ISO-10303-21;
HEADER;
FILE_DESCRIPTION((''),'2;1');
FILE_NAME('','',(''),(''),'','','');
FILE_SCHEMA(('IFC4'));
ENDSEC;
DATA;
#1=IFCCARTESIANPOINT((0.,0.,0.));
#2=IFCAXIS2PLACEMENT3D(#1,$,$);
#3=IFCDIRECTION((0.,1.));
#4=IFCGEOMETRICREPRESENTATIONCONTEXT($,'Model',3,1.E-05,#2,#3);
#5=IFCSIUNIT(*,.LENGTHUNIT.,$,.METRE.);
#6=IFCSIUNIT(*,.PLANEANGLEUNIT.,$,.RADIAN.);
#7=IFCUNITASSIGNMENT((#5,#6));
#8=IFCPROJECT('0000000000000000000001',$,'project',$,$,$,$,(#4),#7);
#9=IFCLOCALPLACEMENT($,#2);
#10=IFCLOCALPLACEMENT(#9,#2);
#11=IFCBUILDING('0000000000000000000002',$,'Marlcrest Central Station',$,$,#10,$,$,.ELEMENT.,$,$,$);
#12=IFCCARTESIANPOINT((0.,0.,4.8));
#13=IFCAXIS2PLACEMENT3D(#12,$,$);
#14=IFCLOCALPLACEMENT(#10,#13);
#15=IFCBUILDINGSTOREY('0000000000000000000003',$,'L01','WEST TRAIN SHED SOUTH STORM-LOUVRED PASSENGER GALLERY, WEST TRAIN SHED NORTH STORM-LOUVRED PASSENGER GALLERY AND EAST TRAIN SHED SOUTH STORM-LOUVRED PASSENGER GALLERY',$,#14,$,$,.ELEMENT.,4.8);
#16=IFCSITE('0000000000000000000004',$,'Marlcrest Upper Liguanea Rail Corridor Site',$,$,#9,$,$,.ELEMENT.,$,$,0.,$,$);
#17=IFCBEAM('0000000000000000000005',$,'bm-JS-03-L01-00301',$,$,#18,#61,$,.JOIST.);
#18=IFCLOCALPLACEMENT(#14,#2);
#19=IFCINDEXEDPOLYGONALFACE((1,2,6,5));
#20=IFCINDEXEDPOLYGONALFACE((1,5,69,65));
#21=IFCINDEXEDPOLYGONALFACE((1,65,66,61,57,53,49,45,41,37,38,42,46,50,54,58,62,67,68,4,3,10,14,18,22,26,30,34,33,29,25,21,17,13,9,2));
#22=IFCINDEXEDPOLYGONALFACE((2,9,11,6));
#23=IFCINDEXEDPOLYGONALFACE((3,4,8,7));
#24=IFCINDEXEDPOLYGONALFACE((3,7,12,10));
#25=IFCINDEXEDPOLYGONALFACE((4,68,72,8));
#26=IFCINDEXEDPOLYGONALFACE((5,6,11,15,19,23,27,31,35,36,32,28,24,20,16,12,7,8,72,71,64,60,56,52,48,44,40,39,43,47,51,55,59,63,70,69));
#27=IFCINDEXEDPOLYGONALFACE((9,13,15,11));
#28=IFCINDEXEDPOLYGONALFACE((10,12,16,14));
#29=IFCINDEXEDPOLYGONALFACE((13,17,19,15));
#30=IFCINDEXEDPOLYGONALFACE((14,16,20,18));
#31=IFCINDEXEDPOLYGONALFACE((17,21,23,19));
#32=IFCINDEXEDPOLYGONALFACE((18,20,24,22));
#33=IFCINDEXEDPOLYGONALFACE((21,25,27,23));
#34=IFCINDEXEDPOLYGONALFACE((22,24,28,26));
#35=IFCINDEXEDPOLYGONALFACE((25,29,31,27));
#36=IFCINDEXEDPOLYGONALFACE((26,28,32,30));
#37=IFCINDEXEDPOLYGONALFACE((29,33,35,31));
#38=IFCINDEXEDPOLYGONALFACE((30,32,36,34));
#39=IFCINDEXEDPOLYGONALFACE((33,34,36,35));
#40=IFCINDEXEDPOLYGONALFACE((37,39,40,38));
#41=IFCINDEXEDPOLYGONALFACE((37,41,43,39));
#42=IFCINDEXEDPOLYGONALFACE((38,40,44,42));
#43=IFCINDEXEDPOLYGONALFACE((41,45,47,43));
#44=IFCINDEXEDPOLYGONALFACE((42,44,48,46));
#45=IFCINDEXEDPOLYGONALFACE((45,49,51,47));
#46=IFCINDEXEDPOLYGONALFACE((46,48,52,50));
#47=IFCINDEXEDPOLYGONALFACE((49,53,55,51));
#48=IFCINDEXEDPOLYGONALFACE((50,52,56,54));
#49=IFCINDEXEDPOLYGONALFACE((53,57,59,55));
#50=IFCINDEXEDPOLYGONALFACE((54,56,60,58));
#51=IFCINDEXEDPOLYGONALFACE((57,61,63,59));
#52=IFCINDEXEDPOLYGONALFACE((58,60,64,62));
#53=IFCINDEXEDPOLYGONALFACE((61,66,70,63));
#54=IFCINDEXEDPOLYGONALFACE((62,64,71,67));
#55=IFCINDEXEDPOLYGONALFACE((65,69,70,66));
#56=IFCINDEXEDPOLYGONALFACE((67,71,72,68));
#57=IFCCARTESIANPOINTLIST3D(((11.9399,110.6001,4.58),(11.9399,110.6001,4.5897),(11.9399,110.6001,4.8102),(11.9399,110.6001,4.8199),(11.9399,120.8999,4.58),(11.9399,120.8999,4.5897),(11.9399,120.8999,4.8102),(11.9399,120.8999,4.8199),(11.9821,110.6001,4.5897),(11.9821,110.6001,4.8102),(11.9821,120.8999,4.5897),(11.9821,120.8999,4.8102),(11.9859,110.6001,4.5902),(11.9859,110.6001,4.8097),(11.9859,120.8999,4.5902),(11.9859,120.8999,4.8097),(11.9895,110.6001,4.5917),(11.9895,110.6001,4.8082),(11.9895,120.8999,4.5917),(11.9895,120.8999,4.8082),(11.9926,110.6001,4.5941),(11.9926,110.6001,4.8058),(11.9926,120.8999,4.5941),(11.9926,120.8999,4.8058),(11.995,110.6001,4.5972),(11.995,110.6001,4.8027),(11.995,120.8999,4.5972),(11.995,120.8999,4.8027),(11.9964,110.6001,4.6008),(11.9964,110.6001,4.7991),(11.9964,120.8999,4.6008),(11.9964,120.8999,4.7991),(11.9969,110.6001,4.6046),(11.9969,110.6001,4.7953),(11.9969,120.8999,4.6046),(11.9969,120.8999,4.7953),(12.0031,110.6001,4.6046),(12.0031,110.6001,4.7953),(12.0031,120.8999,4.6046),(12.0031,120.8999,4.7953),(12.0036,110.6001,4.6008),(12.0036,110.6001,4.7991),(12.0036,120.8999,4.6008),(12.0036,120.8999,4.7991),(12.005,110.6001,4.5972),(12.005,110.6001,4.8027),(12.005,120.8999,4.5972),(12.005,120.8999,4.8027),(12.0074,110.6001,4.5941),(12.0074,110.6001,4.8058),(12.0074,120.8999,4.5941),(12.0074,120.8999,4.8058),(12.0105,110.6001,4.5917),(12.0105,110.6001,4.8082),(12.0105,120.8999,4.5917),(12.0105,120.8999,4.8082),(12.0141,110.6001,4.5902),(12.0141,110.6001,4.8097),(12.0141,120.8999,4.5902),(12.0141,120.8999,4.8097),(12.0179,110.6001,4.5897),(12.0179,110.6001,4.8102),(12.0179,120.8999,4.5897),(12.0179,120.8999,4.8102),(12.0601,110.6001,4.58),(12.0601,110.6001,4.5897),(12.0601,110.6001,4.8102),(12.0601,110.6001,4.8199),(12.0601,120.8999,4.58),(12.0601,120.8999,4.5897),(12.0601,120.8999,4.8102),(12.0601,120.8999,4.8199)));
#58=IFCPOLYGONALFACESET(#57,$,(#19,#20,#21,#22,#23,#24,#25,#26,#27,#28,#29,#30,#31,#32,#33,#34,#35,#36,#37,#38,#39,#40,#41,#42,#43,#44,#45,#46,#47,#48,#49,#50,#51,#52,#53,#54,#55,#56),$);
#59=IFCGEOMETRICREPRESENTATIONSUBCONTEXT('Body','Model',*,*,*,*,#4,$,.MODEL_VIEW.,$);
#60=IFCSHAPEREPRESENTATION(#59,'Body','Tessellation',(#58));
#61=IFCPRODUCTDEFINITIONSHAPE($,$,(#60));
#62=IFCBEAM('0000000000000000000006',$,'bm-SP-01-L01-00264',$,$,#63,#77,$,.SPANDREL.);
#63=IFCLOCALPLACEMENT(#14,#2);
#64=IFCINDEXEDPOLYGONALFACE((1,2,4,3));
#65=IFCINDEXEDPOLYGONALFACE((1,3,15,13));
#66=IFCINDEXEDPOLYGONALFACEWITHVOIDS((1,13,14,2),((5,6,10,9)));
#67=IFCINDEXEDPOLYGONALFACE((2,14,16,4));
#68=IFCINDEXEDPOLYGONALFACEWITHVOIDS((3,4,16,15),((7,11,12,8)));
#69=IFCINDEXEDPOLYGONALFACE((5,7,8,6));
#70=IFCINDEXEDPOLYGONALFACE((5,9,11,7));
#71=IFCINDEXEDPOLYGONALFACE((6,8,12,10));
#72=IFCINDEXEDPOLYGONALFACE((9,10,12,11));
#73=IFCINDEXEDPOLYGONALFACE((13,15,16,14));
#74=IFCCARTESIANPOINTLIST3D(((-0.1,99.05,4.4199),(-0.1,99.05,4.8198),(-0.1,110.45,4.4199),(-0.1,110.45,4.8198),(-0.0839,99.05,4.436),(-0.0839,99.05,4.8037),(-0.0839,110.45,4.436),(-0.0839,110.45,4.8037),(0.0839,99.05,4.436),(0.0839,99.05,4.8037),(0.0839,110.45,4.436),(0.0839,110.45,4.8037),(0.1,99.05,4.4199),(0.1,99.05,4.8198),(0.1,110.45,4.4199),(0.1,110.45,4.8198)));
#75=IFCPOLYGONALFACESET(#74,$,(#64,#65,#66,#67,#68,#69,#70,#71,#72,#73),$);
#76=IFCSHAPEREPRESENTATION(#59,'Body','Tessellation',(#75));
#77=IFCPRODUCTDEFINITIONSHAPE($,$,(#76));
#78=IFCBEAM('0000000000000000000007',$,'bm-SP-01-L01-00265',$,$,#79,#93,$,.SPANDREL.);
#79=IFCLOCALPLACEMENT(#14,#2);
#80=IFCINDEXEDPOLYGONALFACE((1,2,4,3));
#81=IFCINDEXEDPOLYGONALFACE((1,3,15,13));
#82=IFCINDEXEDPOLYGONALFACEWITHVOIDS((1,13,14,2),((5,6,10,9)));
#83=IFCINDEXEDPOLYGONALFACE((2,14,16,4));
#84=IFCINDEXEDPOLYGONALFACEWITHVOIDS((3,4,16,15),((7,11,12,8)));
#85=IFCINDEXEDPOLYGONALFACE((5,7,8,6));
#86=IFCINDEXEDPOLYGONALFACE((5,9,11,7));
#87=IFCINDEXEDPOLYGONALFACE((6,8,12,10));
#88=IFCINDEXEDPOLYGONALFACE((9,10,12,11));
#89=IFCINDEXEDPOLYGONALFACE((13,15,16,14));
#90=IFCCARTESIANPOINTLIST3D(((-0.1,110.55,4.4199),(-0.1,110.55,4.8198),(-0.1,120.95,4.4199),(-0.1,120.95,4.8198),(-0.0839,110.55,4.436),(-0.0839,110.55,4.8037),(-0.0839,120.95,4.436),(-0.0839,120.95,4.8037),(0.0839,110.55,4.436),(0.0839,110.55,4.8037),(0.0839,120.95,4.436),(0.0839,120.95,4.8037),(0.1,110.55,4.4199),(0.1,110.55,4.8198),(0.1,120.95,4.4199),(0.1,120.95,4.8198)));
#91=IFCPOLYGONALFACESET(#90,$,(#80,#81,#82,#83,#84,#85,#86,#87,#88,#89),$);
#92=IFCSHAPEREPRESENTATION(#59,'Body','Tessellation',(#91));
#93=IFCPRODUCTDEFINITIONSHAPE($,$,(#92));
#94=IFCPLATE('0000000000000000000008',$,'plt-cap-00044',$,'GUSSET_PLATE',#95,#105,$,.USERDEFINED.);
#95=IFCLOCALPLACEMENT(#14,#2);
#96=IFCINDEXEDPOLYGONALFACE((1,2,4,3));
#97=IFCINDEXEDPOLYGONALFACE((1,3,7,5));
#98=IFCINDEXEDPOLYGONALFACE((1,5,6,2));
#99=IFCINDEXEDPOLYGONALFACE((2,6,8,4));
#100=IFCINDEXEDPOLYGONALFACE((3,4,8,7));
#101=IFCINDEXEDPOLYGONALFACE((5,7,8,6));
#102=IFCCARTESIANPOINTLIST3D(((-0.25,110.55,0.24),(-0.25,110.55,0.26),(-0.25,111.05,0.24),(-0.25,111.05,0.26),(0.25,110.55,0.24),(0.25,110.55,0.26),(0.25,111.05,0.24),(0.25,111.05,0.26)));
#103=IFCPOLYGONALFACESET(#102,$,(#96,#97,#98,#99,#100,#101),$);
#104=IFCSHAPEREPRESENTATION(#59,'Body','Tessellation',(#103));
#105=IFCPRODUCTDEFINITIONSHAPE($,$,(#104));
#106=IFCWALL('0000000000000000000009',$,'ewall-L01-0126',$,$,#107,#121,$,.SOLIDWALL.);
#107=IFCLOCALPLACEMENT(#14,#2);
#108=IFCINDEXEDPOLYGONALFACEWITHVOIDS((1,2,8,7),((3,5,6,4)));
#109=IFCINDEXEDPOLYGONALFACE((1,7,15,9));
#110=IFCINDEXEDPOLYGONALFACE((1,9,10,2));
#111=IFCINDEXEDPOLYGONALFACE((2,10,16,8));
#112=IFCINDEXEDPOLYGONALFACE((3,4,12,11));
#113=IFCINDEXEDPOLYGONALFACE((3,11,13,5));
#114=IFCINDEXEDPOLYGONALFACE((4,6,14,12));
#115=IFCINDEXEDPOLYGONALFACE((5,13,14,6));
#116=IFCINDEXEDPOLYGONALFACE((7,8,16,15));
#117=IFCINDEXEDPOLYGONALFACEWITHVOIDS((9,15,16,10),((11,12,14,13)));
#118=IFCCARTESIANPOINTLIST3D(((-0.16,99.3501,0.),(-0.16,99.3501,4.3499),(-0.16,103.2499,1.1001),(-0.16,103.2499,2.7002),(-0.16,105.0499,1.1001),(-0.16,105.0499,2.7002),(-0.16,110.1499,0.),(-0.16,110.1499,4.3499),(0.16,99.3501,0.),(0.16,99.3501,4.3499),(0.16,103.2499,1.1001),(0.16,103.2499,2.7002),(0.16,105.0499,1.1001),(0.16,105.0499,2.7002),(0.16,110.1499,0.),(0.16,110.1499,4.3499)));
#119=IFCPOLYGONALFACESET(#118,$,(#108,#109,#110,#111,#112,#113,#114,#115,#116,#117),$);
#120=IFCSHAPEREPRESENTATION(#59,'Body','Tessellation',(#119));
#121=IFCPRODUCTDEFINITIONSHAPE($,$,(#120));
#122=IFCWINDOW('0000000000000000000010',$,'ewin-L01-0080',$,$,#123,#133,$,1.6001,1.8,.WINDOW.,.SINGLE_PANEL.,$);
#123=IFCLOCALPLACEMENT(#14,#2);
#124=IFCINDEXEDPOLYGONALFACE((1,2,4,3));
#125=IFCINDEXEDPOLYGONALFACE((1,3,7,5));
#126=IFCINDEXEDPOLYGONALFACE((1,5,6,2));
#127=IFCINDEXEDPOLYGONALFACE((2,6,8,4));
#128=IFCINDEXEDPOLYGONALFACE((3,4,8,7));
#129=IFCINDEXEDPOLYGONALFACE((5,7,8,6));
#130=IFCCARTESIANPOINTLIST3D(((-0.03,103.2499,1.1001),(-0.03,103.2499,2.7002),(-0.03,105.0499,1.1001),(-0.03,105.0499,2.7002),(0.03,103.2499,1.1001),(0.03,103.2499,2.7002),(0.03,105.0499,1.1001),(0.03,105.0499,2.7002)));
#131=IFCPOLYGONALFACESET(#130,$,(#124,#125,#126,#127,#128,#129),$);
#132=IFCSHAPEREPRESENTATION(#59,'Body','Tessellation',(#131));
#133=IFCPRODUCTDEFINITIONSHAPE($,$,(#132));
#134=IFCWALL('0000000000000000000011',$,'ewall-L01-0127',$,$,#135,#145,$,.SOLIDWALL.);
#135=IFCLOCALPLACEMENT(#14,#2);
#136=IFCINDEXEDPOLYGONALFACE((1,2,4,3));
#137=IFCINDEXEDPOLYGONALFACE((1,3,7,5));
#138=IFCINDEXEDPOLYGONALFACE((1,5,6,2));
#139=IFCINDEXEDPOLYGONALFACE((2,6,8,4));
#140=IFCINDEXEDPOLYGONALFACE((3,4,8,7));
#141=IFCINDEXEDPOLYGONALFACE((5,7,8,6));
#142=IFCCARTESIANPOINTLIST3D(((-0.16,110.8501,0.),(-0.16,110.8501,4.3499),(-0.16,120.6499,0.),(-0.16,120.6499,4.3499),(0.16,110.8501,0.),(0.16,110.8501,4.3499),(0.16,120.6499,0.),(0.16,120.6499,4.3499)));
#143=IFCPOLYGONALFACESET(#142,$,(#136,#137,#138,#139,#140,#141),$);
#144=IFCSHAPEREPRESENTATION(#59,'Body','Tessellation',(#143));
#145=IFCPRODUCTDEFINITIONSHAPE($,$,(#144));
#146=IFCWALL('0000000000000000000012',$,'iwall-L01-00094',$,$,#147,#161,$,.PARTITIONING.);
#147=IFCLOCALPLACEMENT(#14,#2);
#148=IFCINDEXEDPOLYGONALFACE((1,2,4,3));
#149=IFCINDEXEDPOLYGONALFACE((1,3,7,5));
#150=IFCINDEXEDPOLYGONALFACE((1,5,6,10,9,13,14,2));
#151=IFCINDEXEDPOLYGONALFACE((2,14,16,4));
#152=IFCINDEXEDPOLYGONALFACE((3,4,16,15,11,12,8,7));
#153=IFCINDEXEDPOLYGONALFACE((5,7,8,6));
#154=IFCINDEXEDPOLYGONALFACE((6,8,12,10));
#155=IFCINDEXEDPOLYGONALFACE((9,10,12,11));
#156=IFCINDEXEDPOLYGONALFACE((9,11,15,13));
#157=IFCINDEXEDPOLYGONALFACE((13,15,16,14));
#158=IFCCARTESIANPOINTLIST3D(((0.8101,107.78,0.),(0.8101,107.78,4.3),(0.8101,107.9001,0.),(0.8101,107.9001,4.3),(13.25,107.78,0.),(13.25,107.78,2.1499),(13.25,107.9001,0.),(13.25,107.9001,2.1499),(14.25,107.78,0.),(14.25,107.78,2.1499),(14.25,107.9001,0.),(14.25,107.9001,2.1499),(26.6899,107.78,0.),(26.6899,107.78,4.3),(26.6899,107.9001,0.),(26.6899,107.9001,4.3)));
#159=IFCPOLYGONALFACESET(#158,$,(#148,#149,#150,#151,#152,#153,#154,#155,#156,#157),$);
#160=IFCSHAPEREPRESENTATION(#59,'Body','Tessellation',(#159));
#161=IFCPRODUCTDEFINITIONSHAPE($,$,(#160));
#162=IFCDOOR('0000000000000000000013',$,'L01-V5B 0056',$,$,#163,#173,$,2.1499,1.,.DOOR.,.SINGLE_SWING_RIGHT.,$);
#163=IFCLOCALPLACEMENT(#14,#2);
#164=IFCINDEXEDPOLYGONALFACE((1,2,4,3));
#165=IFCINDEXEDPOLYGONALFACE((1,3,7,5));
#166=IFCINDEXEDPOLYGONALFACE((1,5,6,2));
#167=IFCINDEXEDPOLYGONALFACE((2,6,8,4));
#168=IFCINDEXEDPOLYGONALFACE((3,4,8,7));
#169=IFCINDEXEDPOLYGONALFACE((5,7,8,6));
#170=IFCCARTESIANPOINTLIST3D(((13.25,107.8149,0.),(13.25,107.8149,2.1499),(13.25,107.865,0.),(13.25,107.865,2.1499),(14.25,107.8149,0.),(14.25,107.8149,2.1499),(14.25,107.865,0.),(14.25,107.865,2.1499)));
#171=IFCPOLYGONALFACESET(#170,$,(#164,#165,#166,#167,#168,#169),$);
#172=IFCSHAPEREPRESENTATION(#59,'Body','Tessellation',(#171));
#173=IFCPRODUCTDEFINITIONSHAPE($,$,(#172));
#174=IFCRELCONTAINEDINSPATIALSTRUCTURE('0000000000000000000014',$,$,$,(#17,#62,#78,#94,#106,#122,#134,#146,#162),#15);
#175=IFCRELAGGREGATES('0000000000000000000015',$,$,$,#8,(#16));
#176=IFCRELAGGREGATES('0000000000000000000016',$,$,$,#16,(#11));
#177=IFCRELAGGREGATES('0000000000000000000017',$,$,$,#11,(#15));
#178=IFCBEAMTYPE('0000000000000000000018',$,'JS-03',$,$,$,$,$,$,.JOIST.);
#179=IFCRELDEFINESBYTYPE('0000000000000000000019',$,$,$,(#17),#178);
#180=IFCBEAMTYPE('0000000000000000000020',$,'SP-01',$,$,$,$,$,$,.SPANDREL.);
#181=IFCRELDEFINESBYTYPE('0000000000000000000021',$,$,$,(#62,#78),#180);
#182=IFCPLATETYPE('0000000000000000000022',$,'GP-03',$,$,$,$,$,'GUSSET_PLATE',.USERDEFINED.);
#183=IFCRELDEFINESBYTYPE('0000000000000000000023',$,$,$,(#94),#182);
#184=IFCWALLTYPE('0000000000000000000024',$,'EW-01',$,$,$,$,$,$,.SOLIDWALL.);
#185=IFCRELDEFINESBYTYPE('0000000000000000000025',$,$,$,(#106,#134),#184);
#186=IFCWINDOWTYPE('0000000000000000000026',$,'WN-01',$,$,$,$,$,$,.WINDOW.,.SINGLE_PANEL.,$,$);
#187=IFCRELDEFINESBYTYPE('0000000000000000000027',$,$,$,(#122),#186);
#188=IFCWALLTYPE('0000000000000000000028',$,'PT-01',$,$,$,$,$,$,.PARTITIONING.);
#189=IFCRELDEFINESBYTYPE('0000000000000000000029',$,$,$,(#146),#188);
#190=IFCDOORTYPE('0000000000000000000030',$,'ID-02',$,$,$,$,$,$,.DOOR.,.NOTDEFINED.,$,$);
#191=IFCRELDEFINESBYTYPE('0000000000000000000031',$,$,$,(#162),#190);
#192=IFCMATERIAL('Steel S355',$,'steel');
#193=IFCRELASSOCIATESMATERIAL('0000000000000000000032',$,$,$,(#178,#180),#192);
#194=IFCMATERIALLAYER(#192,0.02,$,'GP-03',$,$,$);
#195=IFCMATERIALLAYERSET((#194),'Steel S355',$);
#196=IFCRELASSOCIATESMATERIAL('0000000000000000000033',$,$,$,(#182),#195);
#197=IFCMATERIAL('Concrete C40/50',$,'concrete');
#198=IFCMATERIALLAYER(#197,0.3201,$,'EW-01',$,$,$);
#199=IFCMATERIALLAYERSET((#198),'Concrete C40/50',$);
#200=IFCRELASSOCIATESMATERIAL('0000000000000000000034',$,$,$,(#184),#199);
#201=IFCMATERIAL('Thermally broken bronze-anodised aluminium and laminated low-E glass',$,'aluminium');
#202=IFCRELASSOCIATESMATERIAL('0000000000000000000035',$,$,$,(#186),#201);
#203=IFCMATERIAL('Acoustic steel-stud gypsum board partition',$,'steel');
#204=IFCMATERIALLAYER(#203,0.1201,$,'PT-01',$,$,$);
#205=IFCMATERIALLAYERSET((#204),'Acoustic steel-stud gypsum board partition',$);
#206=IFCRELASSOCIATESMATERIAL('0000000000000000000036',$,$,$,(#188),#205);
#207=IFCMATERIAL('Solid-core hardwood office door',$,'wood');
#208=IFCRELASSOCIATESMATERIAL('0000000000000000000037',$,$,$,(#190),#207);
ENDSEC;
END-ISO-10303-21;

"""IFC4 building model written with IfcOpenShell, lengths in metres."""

from ifc_helpers import new_model, si_unit, direction, frame, frame_2d, origin, origin_2d, place, context, subcontext, project, spatial, rectangle, hollow_rectangle, i_section, extrude, material, layer, layer_set, material_profile, profile_set, type_object, element, fill, save


model = new_model("IFC4")

# Units and contexts
model_context = context("Model", 3, precision=1e-05, world=origin(), true_north=direction((0.0, 1.0)))
body_context = subcontext(model_context, "Body", "Model", "MODEL_VIEW")
ifc_project = project(units=[si_unit("LENGTHUNIT", "METRE"), si_unit("PLANEANGLEUNIT", "RADIAN")], contexts=[model_context])

# Site, building, storey
site_placement = place(None, origin())
site = spatial("IfcSite", under=ifc_project, at=site_placement, Name="Marlcrest Upper Liguanea Rail Corridor Site", CompositionType="ELEMENT", RefElevation=0.0)
building_placement = place(site_placement, origin())
building = spatial("IfcBuilding", under=site, at=building_placement, Name="Marlcrest Central Station", CompositionType="ELEMENT")
storey_placement = place(building_placement, frame((0.0, 0.0, 4.8)))
storey = spatial("IfcBuildingStorey", under=building, at=storey_placement, Name="L01", Description="WEST TRAIN SHED SOUTH STORM-LOUVRED PASSENGER GALLERY, WEST TRAIN SHED NORTH STORM-LOUVRED PASSENGER GALLERY AND EAST TRAIN SHED SOUTH STORM-LOUVRED PASSENGER GALLERY", CompositionType="ELEMENT", Elevation=4.8)

# Shared definitions
ifc_material_1 = material(Name="Steel S355", Category="steel")

# Beams
ifc_material_profile_1 = material_profile(ifc_material_1, i_section(OverallWidth=0.1201, OverallDepth=0.24, WebThickness=0.0061, FlangeThickness=0.0098, FilletRadius=0.0149, at=origin_2d()), Name="IPE 240")
ifc_profile_set_1 = profile_set([ifc_material_profile_1], Name="Steel S355")
beam_type_1 = type_object("IfcBeamType", Name="JS-03", PredefinedType="JOIST", material=ifc_profile_set_1)
beam_1_placement = place(storey_placement, frame((12.0, 110.6001, 4.7), z_axis=(0.0, 1.0, 0.0), x_axis=(-1.0, 0.0, 0.0)))
element("IfcBeam", 1, at=beam_1_placement, inside=storey, type_object=beam_type_1, Name="bm-JS-03-L01-00301", PredefinedType="JOIST", context=body_context, shape_type="SweptSolid", body=[
    extrude(i_section(OverallWidth=0.1201, OverallDepth=0.24, WebThickness=0.0061, FlangeThickness=0.0098, FilletRadius=0.0149, at=origin_2d()), origin(), (0.0, 0.0, 1.0), 10.2998),
])
ifc_material_profile_2 = material_profile(ifc_material_1, hollow_rectangle(XDim=0.2, YDim=0.3999, WallThickness=0.0161, at=origin_2d()), Name="RHS 400x200x16")
ifc_profile_set_2 = profile_set([ifc_material_profile_2], Name="Steel S355")
beam_type_2 = type_object("IfcBeamType", Name="SP-01", PredefinedType="SPANDREL", material=ifc_profile_set_2)
beam_2_placement = place(storey_placement, frame((0.0, 99.05, 4.6199), z_axis=(0.0, 1.0, 0.0), x_axis=(-1.0, 0.0, 0.0)))
element("IfcBeam", 2, at=beam_2_placement, inside=storey, type_object=beam_type_2, Name="bm-SP-01-L01-00264", PredefinedType="SPANDREL", context=body_context, shape_type="SweptSolid", body=[
    extrude(hollow_rectangle(XDim=0.2, YDim=0.3999, WallThickness=0.0161, at=origin_2d()), origin(), (0.0, 0.0, 1.0), 11.3999),
])
beam_3_placement = place(storey_placement, frame((0.0, 110.55, 4.6199), z_axis=(0.0, 1.0, 0.0), x_axis=(-1.0, 0.0, 0.0)))
element("IfcBeam", 3, at=beam_3_placement, inside=storey, type_object=beam_type_2, Name="bm-SP-01-L01-00265", PredefinedType="SPANDREL", context=body_context, shape_type="SweptSolid", body=[
    extrude(hollow_rectangle(XDim=0.2, YDim=0.3999, WallThickness=0.0161, at=origin_2d()), origin(), (0.0, 0.0, 1.0), 10.3999),
])

# Plate
ifc_layer_1 = layer(ifc_material_1, 0.02, Name="GP-03")
ifc_layer_set_1 = layer_set([ifc_layer_1], Name="Steel S355")
plate_type = type_object("IfcPlateType", Name="GP-03", ElementType="GUSSET_PLATE", PredefinedType="USERDEFINED", material=ifc_layer_set_1)
plate_placement = place(storey_placement, frame((0.0, 110.8, 0.24), z_axis=(0.0, 0.0, 1.0), x_axis=(1.0, 0.0, 0.0)))
element("IfcPlate", 4, at=plate_placement, inside=storey, type_object=plate_type, Name="plt-cap-00044", ObjectType="GUSSET_PLATE", PredefinedType="USERDEFINED", context=body_context, shape_type="SweptSolid", body=[
    extrude(rectangle(XDim=0.5, YDim=0.5, at=origin_2d()), origin(), (0.0, 0.0, 1.0), 0.02),
])

# Wall, opening, window
ifc_material_2 = material(Name="Concrete C40/50", Category="concrete")
ifc_layer_2 = layer(ifc_material_2, 0.3201, Name="EW-01")
ifc_layer_set_2 = layer_set([ifc_layer_2], Name="Concrete C40/50")
wall_type_1 = type_object("IfcWallType", Name="EW-01", PredefinedType="SOLIDWALL", material=ifc_layer_set_2)
wall_1_placement = place(storey_placement, frame((0.0, 99.3501, 0.0), z_axis=(0.0, 0.0, 1.0), x_axis=(0.0, 1.0, 0.0)))
wall_1 = element("IfcWall", 5, at=wall_1_placement, inside=storey, type_object=wall_type_1, Name="ewall-L01-0126", PredefinedType="SOLIDWALL", context=body_context, shape_type="SweptSolid", body=[
    extrude(rectangle(XDim=10.7998, YDim=0.3201, at=frame_2d((5.3999, 0.0))), origin(), (0.0, 0.0, 1.0), 4.3499),
])
opening_1_placement = place(wall_1_placement, frame((3.8999, 0.0, 1.1001)))
opening_1 = element("IfcOpeningElement", 6, at=opening_1_placement, cuts=wall_1, PredefinedType="OPENING", context=body_context, shape_type="SweptSolid", body=[
    extrude(rectangle(XDim=1.8, YDim=1.6001, at=frame_2d((0.8999, 0.8))), frame((0.0, 0.1699, 0.0), z_axis=(0.0, -1.0, 0.0), x_axis=(1.0, 0.0, 0.0)), (0.0, 0.0, 1.0), 0.3401),
])
ifc_material_3 = material(Name="Thermally broken bronze-anodised aluminium and laminated low-E glass", Category="aluminium")
window_type = type_object("IfcWindowType", Name="WN-01", PartitioningType="SINGLE_PANEL", PredefinedType="WINDOW", material=ifc_material_3)
window_placement = place(opening_1_placement, origin())
window = element("IfcWindow", 7, at=window_placement, inside=storey, type_object=window_type, Name="ewin-L01-0080", OverallHeight=1.6001, OverallWidth=1.8, PartitioningType="SINGLE_PANEL", PredefinedType="WINDOW", context=body_context, shape_type="SweptSolid", body=[
    extrude(rectangle(XDim=1.8, YDim=1.6001, at=frame_2d((0.8999, 0.8))), frame((0.0, 0.03, 0.0), z_axis=(0.0, -1.0, 0.0), x_axis=(1.0, 0.0, 0.0)), (0.0, 0.0, 1.0), 0.0601),
])
fill(opening_1, window)

# Wall
wall_2_placement = place(storey_placement, frame((0.0, 110.8501, 0.0), z_axis=(0.0, 0.0, 1.0), x_axis=(0.0, 1.0, 0.0)))
element("IfcWall", 8, at=wall_2_placement, inside=storey, type_object=wall_type_1, Name="ewall-L01-0127", PredefinedType="SOLIDWALL", context=body_context, shape_type="SweptSolid", body=[
    extrude(rectangle(XDim=9.7998, YDim=0.3201, at=frame_2d((4.8999, 0.0))), origin(), (0.0, 0.0, 1.0), 4.3499),
])

# Wall, opening, door
ifc_material_4 = material(Name="Acoustic steel-stud gypsum board partition", Category="steel")
ifc_layer_3 = layer(ifc_material_4, 0.1201, Name="PT-01")
ifc_layer_set_3 = layer_set([ifc_layer_3], Name="Acoustic steel-stud gypsum board partition")
wall_type_2 = type_object("IfcWallType", Name="PT-01", PredefinedType="PARTITIONING", material=ifc_layer_set_3)
wall_3_placement = place(storey_placement, frame((0.8101, 107.8401, 0.0), z_axis=(0.0, 0.0, 1.0), x_axis=(1.0, 0.0, 0.0)))
wall_3 = element("IfcWall", 9, at=wall_3_placement, inside=storey, type_object=wall_type_2, Name="iwall-L01-00094", PredefinedType="PARTITIONING", context=body_context, shape_type="SweptSolid", body=[
    extrude(rectangle(XDim=25.8799, YDim=0.1201, at=frame_2d((12.9399, 0.0))), origin(), (0.0, 0.0, 1.0), 4.3),
])
opening_2_placement = place(wall_3_placement, frame((12.4399, 0.0, 0.0)))
opening_2 = element("IfcOpeningElement", 10, at=opening_2_placement, cuts=wall_3, PredefinedType="OPENING", context=body_context, shape_type="SweptSolid", body=[
    extrude(rectangle(XDim=1.0, YDim=2.1499, at=frame_2d((0.5, 1.075))), frame((0.0, 0.0701, 0.0), z_axis=(0.0, -1.0, 0.0), x_axis=(1.0, 0.0, 0.0)), (0.0, 0.0, 1.0), 0.1401),
])
ifc_material_5 = material(Name="Solid-core hardwood office door", Category="wood")
door_type = type_object("IfcDoorType", Name="ID-02", OperationType="NOTDEFINED", PredefinedType="DOOR", material=ifc_material_5)
door_placement = place(opening_2_placement, origin())
door = element("IfcDoor", 11, at=door_placement, inside=storey, type_object=door_type, Name="L01-V5B 0056", OperationType="SINGLE_SWING_RIGHT", OverallHeight=2.1499, OverallWidth=1.0, PredefinedType="DOOR", context=body_context, shape_type="SweptSolid", body=[
    extrude(rectangle(XDim=1.0, YDim=2.1499, at=frame_2d((0.5, 1.075))), frame((0.0, 0.0249, 0.0), z_axis=(0.0, -1.0, 0.0), x_axis=(1.0, 0.0, 0.0)), (0.0, 0.0, 1.0), 0.05),
])
fill(opening_2, door)

save(model, "model.ifc")
